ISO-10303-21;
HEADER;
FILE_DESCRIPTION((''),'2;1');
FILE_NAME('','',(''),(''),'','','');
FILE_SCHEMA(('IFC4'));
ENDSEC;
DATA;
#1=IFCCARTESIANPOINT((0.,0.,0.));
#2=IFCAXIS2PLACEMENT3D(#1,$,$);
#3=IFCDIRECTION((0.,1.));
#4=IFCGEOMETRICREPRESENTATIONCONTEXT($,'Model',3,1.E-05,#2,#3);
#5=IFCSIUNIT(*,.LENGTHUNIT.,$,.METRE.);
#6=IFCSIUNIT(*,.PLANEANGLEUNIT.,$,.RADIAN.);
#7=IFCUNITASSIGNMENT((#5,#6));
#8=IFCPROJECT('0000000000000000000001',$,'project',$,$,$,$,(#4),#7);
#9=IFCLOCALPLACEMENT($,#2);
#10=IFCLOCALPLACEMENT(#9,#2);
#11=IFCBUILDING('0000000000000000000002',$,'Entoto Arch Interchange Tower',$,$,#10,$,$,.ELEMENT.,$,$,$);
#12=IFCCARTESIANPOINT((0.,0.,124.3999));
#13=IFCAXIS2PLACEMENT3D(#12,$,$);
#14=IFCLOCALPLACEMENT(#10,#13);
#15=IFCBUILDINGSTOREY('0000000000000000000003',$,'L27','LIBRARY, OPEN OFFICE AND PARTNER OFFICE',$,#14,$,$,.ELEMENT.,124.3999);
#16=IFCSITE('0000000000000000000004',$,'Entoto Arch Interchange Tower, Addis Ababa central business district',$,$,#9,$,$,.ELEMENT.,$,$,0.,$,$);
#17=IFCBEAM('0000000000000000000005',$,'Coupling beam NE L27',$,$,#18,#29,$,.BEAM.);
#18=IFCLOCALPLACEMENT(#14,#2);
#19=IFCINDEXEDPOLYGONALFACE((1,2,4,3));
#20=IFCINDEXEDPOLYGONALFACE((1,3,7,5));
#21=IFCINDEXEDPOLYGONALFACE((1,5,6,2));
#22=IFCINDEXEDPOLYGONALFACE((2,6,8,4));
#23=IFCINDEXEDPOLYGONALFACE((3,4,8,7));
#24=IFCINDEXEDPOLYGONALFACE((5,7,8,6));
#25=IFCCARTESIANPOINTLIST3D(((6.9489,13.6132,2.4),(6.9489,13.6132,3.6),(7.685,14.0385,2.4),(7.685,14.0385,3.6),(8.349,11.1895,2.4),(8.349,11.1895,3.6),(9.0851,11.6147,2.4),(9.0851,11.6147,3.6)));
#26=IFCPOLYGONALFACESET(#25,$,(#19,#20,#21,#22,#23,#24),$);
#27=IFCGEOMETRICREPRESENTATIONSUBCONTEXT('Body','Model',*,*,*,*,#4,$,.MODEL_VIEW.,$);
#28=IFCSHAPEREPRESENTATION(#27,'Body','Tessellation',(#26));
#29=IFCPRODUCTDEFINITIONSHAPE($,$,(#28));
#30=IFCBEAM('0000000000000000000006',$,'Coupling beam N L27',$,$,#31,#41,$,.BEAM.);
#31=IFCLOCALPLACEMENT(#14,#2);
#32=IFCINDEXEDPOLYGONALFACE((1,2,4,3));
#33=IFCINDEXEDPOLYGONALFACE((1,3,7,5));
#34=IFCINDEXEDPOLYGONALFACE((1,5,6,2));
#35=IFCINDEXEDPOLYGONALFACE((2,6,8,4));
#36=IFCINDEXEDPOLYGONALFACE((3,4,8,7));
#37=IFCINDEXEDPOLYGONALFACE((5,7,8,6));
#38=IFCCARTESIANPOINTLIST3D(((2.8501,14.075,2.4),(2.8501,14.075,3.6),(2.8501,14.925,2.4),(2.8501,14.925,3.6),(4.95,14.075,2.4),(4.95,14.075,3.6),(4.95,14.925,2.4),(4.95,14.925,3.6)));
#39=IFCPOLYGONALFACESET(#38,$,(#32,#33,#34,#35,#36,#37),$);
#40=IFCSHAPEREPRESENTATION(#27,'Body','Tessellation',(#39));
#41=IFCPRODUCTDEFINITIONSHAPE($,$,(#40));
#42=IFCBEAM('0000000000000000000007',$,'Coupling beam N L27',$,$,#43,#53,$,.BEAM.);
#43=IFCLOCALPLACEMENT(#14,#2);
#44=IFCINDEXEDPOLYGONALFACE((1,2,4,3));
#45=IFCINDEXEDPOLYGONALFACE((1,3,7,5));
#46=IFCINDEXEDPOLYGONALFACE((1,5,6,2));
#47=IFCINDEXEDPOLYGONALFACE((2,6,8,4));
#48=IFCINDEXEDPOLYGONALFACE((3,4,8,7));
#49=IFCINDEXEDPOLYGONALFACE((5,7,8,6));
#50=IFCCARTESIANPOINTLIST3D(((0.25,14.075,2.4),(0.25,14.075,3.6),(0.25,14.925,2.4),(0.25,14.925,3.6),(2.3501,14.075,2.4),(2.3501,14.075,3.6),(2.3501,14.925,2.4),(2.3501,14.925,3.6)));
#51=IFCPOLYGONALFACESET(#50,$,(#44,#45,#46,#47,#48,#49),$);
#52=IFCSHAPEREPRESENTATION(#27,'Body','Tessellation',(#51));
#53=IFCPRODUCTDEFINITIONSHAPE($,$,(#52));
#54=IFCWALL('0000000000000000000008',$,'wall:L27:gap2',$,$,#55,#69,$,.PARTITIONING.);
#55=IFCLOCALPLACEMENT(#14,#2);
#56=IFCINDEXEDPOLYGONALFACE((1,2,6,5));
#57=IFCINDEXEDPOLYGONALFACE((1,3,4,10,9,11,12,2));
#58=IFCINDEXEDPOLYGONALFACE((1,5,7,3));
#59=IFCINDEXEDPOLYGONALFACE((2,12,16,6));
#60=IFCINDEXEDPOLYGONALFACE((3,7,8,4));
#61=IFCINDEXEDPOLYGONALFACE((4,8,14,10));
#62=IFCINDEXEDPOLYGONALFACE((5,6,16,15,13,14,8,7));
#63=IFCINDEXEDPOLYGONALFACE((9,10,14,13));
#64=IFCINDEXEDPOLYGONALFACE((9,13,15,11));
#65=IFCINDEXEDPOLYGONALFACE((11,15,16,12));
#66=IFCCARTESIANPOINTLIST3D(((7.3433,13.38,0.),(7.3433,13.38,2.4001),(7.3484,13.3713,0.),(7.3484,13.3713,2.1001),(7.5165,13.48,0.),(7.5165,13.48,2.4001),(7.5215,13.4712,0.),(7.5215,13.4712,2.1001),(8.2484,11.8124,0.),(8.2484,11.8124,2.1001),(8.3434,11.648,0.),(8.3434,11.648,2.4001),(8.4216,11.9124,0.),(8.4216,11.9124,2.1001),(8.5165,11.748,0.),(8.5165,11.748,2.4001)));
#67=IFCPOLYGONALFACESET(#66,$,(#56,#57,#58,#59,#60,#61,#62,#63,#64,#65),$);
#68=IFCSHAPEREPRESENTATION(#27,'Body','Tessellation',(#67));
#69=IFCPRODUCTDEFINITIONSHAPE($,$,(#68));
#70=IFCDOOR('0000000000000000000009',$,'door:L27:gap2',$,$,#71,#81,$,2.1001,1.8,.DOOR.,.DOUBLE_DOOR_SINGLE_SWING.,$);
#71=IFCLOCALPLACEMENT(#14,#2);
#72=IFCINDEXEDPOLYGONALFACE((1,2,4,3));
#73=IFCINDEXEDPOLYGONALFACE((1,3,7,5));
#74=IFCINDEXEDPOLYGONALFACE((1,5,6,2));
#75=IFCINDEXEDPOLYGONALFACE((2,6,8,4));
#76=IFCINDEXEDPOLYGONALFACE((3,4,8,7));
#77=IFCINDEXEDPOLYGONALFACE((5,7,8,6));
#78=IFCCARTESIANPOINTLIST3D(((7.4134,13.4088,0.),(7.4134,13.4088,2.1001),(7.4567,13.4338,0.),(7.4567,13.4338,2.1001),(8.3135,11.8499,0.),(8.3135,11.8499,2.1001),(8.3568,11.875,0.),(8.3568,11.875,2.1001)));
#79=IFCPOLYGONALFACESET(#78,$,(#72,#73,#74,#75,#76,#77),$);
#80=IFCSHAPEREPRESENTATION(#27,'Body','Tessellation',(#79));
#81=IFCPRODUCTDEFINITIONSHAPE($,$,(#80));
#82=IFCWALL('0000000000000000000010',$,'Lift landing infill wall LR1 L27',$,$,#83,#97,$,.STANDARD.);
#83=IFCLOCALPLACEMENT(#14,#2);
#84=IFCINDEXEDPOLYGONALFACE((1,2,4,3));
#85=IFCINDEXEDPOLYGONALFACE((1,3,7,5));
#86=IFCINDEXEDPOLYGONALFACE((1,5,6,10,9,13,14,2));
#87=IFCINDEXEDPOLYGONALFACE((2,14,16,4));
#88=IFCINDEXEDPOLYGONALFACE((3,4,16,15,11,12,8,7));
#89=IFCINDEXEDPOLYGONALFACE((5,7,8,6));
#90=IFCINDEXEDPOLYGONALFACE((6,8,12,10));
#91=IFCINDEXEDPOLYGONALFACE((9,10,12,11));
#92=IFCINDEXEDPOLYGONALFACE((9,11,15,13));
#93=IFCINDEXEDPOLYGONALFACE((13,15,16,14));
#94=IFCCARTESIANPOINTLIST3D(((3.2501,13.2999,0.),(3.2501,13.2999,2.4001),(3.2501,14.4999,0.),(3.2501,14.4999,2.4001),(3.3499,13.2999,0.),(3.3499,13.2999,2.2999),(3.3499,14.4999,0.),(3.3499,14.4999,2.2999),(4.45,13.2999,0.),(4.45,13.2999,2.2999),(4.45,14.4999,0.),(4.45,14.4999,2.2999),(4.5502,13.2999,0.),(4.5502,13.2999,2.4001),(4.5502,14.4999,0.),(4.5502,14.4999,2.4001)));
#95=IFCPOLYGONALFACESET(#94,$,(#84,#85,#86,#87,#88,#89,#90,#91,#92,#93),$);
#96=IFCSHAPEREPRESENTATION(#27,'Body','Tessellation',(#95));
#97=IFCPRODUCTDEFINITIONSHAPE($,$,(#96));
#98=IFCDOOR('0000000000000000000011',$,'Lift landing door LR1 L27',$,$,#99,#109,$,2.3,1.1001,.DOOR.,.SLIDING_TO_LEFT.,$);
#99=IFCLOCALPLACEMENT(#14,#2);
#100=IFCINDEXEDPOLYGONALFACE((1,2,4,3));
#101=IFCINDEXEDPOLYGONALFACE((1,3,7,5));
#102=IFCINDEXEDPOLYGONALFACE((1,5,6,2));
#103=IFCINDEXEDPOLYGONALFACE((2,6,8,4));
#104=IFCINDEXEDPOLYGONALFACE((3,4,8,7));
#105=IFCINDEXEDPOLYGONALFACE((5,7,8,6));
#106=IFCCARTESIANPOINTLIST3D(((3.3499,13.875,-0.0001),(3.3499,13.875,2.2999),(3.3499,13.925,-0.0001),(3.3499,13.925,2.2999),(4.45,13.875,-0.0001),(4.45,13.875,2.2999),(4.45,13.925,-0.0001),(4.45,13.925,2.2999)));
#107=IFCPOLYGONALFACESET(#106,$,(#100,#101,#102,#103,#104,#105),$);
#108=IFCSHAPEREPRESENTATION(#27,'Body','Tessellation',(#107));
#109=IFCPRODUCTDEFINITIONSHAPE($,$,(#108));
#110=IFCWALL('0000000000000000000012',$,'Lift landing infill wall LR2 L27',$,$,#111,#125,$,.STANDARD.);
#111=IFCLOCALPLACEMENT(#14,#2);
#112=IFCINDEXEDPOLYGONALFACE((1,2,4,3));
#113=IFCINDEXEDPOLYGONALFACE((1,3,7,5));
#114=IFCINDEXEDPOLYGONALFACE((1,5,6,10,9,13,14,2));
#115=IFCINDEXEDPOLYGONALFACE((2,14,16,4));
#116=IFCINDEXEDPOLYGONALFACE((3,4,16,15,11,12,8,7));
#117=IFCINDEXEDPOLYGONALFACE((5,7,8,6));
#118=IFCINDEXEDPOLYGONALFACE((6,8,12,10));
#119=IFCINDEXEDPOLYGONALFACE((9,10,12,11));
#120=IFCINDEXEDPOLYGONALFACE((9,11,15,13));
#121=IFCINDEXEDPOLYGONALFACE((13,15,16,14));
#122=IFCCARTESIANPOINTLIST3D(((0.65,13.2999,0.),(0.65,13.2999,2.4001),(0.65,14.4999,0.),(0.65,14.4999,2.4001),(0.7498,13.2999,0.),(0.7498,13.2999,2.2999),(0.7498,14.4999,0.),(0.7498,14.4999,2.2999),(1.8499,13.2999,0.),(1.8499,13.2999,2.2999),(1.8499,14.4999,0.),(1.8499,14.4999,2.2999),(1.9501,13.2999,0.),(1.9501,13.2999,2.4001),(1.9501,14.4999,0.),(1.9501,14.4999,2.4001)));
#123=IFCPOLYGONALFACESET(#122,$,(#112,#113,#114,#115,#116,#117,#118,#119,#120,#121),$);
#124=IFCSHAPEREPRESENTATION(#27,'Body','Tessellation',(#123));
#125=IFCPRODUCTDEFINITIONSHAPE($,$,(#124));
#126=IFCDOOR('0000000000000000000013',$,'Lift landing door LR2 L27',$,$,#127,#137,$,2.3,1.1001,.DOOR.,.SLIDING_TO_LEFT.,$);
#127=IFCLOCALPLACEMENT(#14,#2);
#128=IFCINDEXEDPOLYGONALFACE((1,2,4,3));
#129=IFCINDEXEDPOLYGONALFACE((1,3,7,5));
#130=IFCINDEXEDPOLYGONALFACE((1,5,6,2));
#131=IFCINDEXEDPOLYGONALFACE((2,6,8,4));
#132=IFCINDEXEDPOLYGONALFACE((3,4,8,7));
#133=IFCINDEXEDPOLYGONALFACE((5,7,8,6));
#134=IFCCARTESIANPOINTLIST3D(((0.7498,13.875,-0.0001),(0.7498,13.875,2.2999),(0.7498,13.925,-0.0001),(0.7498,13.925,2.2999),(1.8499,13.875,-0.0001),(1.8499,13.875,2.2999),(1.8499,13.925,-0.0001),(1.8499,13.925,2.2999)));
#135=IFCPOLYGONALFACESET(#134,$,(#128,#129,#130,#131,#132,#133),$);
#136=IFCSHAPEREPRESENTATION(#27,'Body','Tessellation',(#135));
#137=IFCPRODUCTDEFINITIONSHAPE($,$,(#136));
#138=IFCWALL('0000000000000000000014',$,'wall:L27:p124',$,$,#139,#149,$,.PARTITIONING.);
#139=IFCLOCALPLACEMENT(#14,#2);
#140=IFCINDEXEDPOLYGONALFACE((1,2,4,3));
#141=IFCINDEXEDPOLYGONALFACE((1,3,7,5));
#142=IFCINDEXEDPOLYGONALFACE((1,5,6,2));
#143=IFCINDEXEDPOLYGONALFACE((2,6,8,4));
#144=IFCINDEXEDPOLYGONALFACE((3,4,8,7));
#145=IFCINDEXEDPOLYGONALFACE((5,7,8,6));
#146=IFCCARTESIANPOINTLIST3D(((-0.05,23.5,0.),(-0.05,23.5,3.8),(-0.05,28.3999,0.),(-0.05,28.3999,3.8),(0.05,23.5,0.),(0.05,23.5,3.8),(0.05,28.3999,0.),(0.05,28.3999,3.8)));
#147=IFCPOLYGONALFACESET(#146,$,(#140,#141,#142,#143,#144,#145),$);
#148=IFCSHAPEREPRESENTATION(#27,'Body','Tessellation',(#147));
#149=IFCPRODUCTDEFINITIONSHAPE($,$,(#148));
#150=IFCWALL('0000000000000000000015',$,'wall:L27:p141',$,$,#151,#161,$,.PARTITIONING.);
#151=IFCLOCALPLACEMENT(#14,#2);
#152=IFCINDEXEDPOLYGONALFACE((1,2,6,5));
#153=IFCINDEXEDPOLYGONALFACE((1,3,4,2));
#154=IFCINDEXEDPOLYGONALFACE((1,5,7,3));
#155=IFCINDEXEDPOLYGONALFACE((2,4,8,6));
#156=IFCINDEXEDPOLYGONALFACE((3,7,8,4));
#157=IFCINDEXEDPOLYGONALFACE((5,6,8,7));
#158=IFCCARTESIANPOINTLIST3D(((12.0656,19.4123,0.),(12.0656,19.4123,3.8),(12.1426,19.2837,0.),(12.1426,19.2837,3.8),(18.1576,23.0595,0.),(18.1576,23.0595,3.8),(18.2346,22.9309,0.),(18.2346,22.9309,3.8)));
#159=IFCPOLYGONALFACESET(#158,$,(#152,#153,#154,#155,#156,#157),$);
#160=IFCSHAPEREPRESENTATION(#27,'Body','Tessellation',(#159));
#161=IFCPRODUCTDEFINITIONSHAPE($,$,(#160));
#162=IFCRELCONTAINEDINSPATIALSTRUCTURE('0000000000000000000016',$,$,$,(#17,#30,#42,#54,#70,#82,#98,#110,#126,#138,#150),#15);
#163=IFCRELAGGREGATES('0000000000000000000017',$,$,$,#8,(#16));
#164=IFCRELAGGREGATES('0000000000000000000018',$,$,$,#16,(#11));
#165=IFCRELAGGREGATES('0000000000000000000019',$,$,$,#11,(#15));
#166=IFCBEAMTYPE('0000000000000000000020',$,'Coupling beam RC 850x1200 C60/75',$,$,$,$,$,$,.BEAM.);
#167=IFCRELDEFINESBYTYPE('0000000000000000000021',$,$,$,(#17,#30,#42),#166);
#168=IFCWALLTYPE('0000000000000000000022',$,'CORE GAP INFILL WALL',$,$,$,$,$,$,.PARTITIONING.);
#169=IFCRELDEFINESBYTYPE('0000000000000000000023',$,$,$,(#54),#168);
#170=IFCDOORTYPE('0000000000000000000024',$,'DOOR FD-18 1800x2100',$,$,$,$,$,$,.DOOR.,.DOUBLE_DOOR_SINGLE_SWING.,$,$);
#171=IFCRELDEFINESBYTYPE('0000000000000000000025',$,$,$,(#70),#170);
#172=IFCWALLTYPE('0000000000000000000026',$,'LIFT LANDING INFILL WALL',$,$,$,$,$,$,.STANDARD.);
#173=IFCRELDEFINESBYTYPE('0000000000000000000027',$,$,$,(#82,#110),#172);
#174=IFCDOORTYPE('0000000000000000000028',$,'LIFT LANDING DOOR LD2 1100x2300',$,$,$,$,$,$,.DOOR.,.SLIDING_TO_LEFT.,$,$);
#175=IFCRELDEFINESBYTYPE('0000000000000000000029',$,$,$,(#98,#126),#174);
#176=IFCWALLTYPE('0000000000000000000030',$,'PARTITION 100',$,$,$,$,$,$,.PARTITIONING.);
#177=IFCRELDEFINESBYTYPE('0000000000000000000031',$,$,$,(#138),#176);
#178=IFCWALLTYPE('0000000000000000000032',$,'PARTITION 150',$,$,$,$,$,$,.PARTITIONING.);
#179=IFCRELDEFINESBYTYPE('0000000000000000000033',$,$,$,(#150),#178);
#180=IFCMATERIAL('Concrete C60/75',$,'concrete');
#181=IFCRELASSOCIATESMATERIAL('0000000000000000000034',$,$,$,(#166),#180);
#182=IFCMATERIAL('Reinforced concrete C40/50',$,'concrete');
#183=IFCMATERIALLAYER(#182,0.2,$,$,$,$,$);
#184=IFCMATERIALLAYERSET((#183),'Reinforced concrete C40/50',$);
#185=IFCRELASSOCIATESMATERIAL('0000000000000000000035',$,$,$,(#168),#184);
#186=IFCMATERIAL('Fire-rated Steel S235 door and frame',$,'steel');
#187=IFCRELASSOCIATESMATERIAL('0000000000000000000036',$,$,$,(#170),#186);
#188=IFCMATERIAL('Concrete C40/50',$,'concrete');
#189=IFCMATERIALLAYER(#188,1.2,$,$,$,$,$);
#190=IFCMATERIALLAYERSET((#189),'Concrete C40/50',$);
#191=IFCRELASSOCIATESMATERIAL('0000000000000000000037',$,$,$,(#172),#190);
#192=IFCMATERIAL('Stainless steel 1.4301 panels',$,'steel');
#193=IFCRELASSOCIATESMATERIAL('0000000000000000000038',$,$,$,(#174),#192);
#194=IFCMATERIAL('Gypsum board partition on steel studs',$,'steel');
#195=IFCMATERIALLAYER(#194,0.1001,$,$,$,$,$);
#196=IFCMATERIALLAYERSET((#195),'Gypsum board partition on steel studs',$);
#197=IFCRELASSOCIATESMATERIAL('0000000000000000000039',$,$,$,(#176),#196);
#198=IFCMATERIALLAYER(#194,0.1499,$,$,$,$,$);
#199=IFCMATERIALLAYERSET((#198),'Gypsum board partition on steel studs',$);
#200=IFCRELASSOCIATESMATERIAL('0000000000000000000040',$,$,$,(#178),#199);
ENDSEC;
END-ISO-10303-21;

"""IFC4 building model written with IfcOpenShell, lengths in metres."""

from ifc_helpers import new_model, si_unit, direction, frame, frame_2d, origin, origin_2d, place, context, subcontext, project, spatial, rectangle, extrude, material, layer, layer_set, material_profile, profile_set, type_object, element, fill, save


model = new_model("IFC4")

# Units and contexts
model_context = context("Model", 3, precision=1e-05, world=origin(), true_north=direction((0.0, 1.0)))
body_context = subcontext(model_context, "Body", "Model", "MODEL_VIEW")
ifc_project = project(units=[si_unit("LENGTHUNIT", "METRE"), si_unit("PLANEANGLEUNIT", "RADIAN")], contexts=[model_context])

# Site, building, storey
site_placement = place(None, origin())
site = spatial("IfcSite", under=ifc_project, at=site_placement, Name="Entoto Arch Interchange Tower, Addis Ababa central business district", CompositionType="ELEMENT", RefElevation=0.0)
building_placement = place(site_placement, origin())
building = spatial("IfcBuilding", under=site, at=building_placement, Name="Entoto Arch Interchange Tower", CompositionType="ELEMENT")
storey_placement = place(building_placement, frame((0.0, 0.0, 124.3999)))
storey = spatial("IfcBuildingStorey", under=building, at=storey_placement, Name="L27", Description="LIBRARY, OPEN OFFICE AND PARTNER OFFICE", CompositionType="ELEMENT", Elevation=124.3999)

# Beams
ifc_material_1 = material(Name="Concrete C60/75", Category="concrete")
ifc_material_profile = material_profile(ifc_material_1, rectangle(XDim=0.8501, YDim=1.2, at=origin_2d()))
ifc_profile_set = profile_set([ifc_material_profile], Name="Concrete C60/75")
beam_type = type_object("IfcBeamType", Name="Coupling beam RC 850x1200 C60/75", PredefinedType="BEAM", material=ifc_profile_set)
beam_1_placement = place(storey_placement, frame((8.717, 11.4021, 3.0), z_axis=(-0.500201, 0.86591, 0.0), x_axis=(-0.86591, -0.500201, 0.0)))
element("IfcBeam", 1, at=beam_1_placement, inside=storey, type_object=beam_type, Name="Coupling beam NE L27", PredefinedType="BEAM", context=body_context, shape_type="SweptSolid", body=[
    extrude(rectangle(XDim=0.8501, YDim=1.2, at=origin_2d()), origin(), (0.0, 0.0, 1.0), 2.7991),
])
beam_2_placement = place(storey_placement, frame((4.95, 14.5, 3.0), z_axis=(-1.0, 0.0, 0.0), x_axis=(0.0, -1.0, 0.0)))
element("IfcBeam", 2, at=beam_2_placement, inside=storey, type_object=beam_type, Name="Coupling beam N L27", PredefinedType="BEAM", context=body_context, shape_type="SweptSolid", body=[
    extrude(rectangle(XDim=0.8501, YDim=1.2, at=origin_2d()), origin(), (0.0, 0.0, 1.0), 2.0999),
])
beam_3_placement = place(storey_placement, frame((2.3501, 14.5, 3.0), z_axis=(-1.0, 0.0, 0.0), x_axis=(0.0, -1.0, 0.0)))
element("IfcBeam", 3, at=beam_3_placement, inside=storey, type_object=beam_type, Name="Coupling beam N L27", PredefinedType="BEAM", context=body_context, shape_type="SweptSolid", body=[
    extrude(rectangle(XDim=0.8501, YDim=1.2, at=origin_2d()), origin(), (0.0, 0.0, 1.0), 2.1001),
])

# Walls, openings, doors
ifc_material_2 = material(Name="Reinforced concrete C40/50", Category="concrete")
ifc_layer_1 = layer(ifc_material_2, 0.2)
ifc_layer_set_1 = layer_set([ifc_layer_1], Name="Reinforced concrete C40/50")
wall_type_1 = type_object("IfcWallType", Name="CORE GAP INFILL WALL", PredefinedType="PARTITIONING", material=ifc_layer_set_1)
wall_1_placement = place(storey_placement, frame((8.4299, 11.698, 0.0), z_axis=(0.0, 0.0, 1.0), x_axis=(-0.500025, 0.866011, 0.0)))
wall_1 = element("IfcWall", 4, at=wall_1_placement, inside=storey, type_object=wall_type_1, Name="wall:L27:gap2", PredefinedType="PARTITIONING", context=body_context, shape_type="SweptSolid", body=[
    extrude(rectangle(XDim=2.0, YDim=0.2, at=frame_2d((1.0, 0.0))), origin(), (0.0, 0.0, 1.0), 2.4001),
])
opening_1_placement = place(wall_1_placement, frame((0.1899, 0.0, 0.0)))
opening_1 = element("IfcOpeningElement", 5, at=opening_1_placement, cuts=wall_1, PredefinedType="OPENING", context=body_context, shape_type="SweptSolid", body=[
    extrude(rectangle(XDim=1.8, YDim=2.1001, at=frame_2d((0.8999, 1.05))), frame((0.0, 0.1099, 0.0), z_axis=(0.0, -1.0, 0.0), x_axis=(1.0, 0.0, 0.0)), (0.0, 0.0, 1.0), 0.22),
])
ifc_material_3 = material(Name="Fire-rated Steel S235 door and frame", Category="steel")
door_type_1 = type_object("IfcDoorType", Name="DOOR FD-18 1800x2100", OperationType="DOUBLE_DOOR_SINGLE_SWING", PredefinedType="DOOR", material=ifc_material_3)
door_1_placement = place(opening_1_placement, origin())
door_1 = element("IfcDoor", 6, at=door_1_placement, inside=storey, type_object=door_type_1, Name="door:L27:gap2", OperationType="DOUBLE_DOOR_SINGLE_SWING", OverallHeight=2.1001, OverallWidth=1.8, PredefinedType="DOOR", context=body_context, shape_type="SweptSolid", body=[
    extrude(rectangle(XDim=1.8, YDim=2.1001, at=frame_2d((0.8999, 1.05))), frame((0.0, 0.0249, 0.0), z_axis=(0.0, -1.0, 0.0), x_axis=(1.0, 0.0, 0.0)), (0.0, 0.0, 1.0), 0.05),
])
fill(opening_1, door_1)
ifc_material_4 = material(Name="Concrete C40/50", Category="concrete")
ifc_layer_2 = layer(ifc_material_4, 1.2)
ifc_layer_set_2 = layer_set([ifc_layer_2], Name="Concrete C40/50")
wall_type_2 = type_object("IfcWallType", Name="LIFT LANDING INFILL WALL", PredefinedType="STANDARD", material=ifc_layer_set_2)
wall_2_placement = place(storey_placement, frame((4.55, 13.8999, 0.0), z_axis=(0.0, 0.0, 1.0), x_axis=(-1.0, 0.0, 0.0)))
wall_2 = element("IfcWall", 7, at=wall_2_placement, inside=storey, type_object=wall_type_2, Name="Lift landing infill wall LR1 L27", PredefinedType="STANDARD", context=body_context, shape_type="SweptSolid", body=[
    extrude(rectangle(XDim=1.3, YDim=1.2, at=frame_2d((0.6499, 0.0))), origin(), (0.0, 0.0, 1.0), 2.4001),
])
opening_2_placement = place(wall_2_placement, frame((0.1001, 0.0, 0.0)))
opening_2 = element("IfcOpeningElement", 8, at=opening_2_placement, cuts=wall_2, PredefinedType="OPENING", context=body_context, shape_type="SweptSolid", body=[
    extrude(rectangle(XDim=1.1001, YDim=2.3, at=frame_2d((0.55, 1.1499))), frame((0.0, 0.6099, 0.0), z_axis=(0.0, -1.0, 0.0), x_axis=(1.0, 0.0, 0.0)), (0.0, 0.0, 1.0), 1.22),
])
ifc_material_5 = material(Name="Stainless steel 1.4301 panels", Category="steel")
door_type_2 = type_object("IfcDoorType", Name="LIFT LANDING DOOR LD2 1100x2300", OperationType="SLIDING_TO_LEFT", PredefinedType="DOOR", material=ifc_material_5)
door_2_placement = place(opening_2_placement, origin())
door_2 = element("IfcDoor", 9, at=door_2_placement, inside=storey, type_object=door_type_2, Name="Lift landing door LR1 L27", OperationType="SLIDING_TO_LEFT", OverallHeight=2.3, OverallWidth=1.1001, PredefinedType="DOOR", context=body_context, shape_type="SweptSolid", body=[
    extrude(rectangle(XDim=1.1001, YDim=2.3, at=frame_2d((0.55, 1.1499))), frame((0.0, 0.0249, 0.0), z_axis=(0.0, -1.0, 0.0), x_axis=(1.0, 0.0, 0.0)), (0.0, 0.0, 1.0), 0.05),
])
fill(opening_2, door_2)
wall_3_placement = place(storey_placement, frame((1.95, 13.8999, 0.0), z_axis=(0.0, 0.0, 1.0), x_axis=(-1.0, 0.0, 0.0)))
wall_3 = element("IfcWall", 10, at=wall_3_placement, inside=storey, type_object=wall_type_2, Name="Lift landing infill wall LR2 L27", PredefinedType="STANDARD", context=body_context, shape_type="SweptSolid", body=[
    extrude(rectangle(XDim=1.3, YDim=1.2, at=frame_2d((0.6499, 0.0))), origin(), (0.0, 0.0, 1.0), 2.4001),
])
opening_3_placement = place(wall_3_placement, frame((0.1001, 0.0, 0.0)))
opening_3 = element("IfcOpeningElement", 11, at=opening_3_placement, cuts=wall_3, PredefinedType="OPENING", context=body_context, shape_type="SweptSolid", body=[
    extrude(rectangle(XDim=1.1001, YDim=2.3, at=frame_2d((0.55, 1.1499))), frame((0.0, 0.6099, 0.0), z_axis=(0.0, -1.0, 0.0), x_axis=(1.0, 0.0, 0.0)), (0.0, 0.0, 1.0), 1.22),
])
door_3_placement = place(opening_3_placement, origin())
door_3 = element("IfcDoor", 12, at=door_3_placement, inside=storey, type_object=door_type_2, Name="Lift landing door LR2 L27", OperationType="SLIDING_TO_LEFT", OverallHeight=2.3, OverallWidth=1.1001, PredefinedType="DOOR", context=body_context, shape_type="SweptSolid", body=[
    extrude(rectangle(XDim=1.1001, YDim=2.3, at=frame_2d((0.55, 1.1499))), frame((0.0, 0.0249, 0.0), z_axis=(0.0, -1.0, 0.0), x_axis=(1.0, 0.0, 0.0)), (0.0, 0.0, 1.0), 0.05),
])
fill(opening_3, door_3)

# Walls
ifc_material_6 = material(Name="Gypsum board partition on steel studs", Category="steel")
ifc_layer_3 = layer(ifc_material_6, 0.1001)
ifc_layer_set_3 = layer_set([ifc_layer_3], Name="Gypsum board partition on steel studs")
wall_type_3 = type_object("IfcWallType", Name="PARTITION 100", PredefinedType="PARTITIONING", material=ifc_layer_set_3)
wall_4_placement = place(storey_placement, frame((0.0, 23.5, 0.0), z_axis=(0.0, 0.0, 1.0), x_axis=(0.0, 1.0, 0.0)))
element("IfcWall", 13, at=wall_4_placement, inside=storey, type_object=wall_type_3, Name="wall:L27:p124", PredefinedType="PARTITIONING", context=body_context, shape_type="SweptSolid", body=[
    extrude(rectangle(XDim=4.8999, YDim=0.1001, at=frame_2d((2.45, 0.0))), origin(), (0.0, 0.0, 1.0), 3.8),
])
ifc_layer_4 = layer(ifc_material_6, 0.1499)
ifc_layer_set_4 = layer_set([ifc_layer_4], Name="Gypsum board partition on steel studs")
wall_type_4 = type_object("IfcWallType", Name="PARTITION 150", PredefinedType="PARTITIONING", material=ifc_layer_set_4)
wall_5_placement = place(storey_placement, frame((12.104, 19.3479, 0.0), z_axis=(0.0, 0.0, 1.0), x_axis=(0.85799, 0.513666, 0.0)))
element("IfcWall", 14, at=wall_5_placement, inside=storey, type_object=wall_type_4, Name="wall:L27:p141", PredefinedType="PARTITIONING", context=body_context, shape_type="SweptSolid", body=[
    extrude(rectangle(XDim=7.1003, YDim=0.1499, at=frame_2d((3.5503, 0.0))), origin(), (0.0, 0.0, 1.0), 3.8),
])

save(model, "model.ifc")
